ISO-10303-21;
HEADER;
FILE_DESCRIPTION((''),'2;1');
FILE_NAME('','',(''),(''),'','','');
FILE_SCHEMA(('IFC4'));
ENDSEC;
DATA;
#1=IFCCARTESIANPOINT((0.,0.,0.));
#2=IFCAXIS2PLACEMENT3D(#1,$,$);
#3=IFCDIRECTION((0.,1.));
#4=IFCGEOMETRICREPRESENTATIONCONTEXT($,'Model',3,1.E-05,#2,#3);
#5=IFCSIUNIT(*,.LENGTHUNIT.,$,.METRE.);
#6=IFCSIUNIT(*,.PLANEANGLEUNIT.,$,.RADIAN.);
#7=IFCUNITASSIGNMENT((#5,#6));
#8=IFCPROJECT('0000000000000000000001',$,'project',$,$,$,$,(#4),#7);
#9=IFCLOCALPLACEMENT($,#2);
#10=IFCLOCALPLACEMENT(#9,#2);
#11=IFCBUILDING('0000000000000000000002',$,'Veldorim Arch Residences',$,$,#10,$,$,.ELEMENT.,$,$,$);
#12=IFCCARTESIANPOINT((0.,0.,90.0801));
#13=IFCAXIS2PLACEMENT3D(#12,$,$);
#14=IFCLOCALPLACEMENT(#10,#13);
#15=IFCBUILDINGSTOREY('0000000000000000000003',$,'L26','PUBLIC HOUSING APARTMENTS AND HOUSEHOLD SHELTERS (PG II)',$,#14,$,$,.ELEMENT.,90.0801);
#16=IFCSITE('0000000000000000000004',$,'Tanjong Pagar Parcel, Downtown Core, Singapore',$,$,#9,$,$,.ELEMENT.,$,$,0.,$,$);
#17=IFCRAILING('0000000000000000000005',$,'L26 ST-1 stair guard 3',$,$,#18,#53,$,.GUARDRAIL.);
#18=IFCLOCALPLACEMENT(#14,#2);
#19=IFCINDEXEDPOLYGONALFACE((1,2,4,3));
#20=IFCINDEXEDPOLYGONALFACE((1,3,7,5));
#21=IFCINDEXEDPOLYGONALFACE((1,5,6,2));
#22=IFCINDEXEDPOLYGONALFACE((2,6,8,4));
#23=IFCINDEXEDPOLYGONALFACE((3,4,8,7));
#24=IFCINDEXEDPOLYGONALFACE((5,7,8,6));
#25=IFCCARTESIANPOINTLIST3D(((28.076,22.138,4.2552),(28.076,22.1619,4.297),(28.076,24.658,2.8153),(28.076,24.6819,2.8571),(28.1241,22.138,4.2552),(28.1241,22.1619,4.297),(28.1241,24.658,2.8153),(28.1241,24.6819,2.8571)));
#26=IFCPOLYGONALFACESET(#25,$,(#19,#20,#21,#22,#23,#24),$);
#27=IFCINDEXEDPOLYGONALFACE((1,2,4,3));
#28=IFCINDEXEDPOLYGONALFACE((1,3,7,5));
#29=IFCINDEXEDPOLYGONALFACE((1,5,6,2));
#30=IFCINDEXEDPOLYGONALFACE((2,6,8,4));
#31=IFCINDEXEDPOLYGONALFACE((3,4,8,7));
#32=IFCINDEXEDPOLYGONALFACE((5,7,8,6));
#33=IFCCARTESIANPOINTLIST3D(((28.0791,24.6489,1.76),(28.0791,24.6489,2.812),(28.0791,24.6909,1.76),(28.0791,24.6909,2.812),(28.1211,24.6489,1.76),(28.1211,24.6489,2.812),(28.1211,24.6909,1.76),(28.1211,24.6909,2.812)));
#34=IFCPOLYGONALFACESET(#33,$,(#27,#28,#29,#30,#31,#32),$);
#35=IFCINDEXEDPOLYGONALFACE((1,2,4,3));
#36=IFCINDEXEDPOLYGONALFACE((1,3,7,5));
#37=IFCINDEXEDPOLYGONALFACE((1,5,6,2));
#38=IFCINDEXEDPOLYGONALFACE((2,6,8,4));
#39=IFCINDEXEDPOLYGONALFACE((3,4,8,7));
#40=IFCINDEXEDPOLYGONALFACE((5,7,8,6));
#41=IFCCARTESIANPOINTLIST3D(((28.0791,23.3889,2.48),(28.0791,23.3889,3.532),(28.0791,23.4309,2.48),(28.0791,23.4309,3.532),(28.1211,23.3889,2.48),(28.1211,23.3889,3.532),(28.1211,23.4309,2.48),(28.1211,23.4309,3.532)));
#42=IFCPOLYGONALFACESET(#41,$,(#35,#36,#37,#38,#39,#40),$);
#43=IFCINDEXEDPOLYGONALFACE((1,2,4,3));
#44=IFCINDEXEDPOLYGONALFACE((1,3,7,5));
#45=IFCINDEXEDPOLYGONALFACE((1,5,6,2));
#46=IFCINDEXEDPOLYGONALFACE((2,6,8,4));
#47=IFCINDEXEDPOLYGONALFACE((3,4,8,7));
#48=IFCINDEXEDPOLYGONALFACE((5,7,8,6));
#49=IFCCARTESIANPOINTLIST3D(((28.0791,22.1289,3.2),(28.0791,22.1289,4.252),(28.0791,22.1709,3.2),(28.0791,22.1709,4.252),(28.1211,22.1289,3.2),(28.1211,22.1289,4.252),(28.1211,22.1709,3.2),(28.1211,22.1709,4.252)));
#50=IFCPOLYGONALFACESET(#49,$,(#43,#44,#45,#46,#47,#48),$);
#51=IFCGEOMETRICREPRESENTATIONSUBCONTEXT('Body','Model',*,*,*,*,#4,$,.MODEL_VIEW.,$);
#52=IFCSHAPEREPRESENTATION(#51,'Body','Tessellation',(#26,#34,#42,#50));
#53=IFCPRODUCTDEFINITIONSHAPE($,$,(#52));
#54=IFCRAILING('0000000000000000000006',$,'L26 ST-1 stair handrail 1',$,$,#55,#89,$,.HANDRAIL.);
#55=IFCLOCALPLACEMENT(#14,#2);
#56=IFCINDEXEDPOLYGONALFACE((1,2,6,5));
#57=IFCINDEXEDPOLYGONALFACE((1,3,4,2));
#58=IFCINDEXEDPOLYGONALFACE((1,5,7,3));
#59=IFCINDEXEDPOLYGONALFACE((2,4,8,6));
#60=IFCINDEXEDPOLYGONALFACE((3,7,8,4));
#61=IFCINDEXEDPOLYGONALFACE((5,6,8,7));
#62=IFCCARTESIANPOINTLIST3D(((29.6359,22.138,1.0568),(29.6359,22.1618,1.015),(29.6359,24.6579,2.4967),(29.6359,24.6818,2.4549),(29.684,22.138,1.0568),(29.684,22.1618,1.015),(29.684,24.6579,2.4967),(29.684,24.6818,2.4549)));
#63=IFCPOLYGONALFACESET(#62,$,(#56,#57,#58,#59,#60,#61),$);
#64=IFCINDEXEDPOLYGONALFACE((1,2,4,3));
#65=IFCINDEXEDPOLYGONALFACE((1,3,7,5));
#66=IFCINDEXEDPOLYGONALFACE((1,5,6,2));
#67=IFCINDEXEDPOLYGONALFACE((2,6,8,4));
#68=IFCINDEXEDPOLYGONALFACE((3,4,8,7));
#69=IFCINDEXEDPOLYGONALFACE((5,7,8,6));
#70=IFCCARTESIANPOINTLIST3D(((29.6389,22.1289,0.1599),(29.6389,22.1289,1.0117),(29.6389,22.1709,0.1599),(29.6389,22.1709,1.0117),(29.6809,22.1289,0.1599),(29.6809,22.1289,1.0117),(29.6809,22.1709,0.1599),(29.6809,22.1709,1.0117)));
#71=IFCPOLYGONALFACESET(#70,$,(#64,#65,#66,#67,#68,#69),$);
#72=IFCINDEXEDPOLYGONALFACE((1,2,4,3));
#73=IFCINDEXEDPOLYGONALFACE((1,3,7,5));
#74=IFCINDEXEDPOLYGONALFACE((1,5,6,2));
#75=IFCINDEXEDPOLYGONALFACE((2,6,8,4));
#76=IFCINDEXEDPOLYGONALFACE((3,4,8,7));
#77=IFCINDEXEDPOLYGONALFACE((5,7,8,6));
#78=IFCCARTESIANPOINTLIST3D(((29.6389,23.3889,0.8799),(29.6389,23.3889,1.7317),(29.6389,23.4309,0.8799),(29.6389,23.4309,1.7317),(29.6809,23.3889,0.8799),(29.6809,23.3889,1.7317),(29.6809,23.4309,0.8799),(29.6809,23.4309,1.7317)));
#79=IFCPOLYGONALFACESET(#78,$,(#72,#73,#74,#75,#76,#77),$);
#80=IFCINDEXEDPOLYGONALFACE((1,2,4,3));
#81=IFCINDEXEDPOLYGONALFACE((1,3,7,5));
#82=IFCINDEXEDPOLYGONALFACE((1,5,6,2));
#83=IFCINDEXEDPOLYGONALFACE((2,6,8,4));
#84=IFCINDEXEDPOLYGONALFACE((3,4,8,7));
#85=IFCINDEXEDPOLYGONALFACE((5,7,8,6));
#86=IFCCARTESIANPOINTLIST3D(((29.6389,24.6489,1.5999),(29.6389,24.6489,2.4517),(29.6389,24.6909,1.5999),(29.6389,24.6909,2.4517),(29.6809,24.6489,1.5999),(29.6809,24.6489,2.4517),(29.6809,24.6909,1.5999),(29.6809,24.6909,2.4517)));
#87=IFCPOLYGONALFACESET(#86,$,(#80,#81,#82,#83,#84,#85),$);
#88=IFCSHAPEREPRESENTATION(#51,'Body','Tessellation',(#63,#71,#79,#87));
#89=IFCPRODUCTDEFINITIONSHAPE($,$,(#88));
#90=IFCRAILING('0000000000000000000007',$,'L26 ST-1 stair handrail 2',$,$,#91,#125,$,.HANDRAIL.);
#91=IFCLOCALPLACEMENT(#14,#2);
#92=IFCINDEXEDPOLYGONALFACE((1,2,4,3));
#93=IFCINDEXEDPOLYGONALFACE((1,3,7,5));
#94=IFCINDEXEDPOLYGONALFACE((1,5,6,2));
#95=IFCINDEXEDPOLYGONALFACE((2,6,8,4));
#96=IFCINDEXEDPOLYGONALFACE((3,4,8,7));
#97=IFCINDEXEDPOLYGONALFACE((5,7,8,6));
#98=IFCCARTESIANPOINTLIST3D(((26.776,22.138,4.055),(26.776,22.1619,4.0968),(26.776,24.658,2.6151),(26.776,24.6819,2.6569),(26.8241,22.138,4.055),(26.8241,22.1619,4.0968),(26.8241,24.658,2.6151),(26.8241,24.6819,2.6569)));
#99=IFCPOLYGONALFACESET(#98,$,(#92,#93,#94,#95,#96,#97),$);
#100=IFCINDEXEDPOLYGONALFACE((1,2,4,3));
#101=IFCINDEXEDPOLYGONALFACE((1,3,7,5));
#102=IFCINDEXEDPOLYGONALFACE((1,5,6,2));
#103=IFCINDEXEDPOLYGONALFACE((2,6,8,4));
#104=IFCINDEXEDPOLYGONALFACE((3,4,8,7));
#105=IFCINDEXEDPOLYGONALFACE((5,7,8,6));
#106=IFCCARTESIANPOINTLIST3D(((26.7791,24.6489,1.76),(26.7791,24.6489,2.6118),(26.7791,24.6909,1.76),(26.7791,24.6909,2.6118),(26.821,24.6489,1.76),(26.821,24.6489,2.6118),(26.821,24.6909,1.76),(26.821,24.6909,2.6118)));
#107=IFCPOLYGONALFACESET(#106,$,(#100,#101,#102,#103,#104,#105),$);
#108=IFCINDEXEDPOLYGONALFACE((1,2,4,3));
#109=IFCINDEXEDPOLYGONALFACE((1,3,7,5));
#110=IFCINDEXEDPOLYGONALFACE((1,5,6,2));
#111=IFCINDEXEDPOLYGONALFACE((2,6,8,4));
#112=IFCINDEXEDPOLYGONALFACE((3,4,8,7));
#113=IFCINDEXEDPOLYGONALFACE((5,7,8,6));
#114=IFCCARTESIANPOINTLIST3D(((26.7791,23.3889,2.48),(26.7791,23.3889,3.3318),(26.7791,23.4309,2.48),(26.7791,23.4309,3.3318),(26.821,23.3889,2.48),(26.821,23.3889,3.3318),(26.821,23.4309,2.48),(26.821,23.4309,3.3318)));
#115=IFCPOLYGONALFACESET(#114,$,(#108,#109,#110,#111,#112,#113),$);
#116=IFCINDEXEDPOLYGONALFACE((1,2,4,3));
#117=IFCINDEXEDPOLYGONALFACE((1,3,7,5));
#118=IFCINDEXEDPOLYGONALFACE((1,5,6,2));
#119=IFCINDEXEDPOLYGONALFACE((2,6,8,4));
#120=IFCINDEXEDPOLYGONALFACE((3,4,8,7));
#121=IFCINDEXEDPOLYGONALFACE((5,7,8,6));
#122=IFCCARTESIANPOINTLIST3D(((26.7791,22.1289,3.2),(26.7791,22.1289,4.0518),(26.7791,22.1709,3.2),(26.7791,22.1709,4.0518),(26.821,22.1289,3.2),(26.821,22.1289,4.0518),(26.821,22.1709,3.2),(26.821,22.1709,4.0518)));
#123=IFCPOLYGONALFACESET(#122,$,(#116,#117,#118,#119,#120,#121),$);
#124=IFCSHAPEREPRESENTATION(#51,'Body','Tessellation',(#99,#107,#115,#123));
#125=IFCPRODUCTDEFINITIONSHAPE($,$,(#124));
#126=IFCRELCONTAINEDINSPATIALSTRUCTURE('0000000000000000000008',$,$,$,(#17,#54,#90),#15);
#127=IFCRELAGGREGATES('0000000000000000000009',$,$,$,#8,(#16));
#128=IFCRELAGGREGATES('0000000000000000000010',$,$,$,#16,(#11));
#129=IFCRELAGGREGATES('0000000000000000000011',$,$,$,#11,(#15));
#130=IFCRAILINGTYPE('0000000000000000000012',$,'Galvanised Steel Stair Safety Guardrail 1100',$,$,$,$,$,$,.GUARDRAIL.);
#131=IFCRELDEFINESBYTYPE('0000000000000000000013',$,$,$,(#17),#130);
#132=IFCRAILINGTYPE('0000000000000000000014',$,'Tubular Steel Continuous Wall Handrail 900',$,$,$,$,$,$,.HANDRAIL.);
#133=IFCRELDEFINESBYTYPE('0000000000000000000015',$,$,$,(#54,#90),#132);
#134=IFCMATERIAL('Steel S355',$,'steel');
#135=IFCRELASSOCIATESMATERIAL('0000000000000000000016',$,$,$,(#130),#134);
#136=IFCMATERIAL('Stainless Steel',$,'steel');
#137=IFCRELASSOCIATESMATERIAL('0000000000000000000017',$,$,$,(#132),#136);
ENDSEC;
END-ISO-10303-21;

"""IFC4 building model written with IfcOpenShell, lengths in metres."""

from ifc_helpers import new_model, si_unit, direction, frame, origin, origin_2d, place, context, subcontext, project, spatial, rectangle, extrude, material, type_object, element, save


model = new_model("IFC4")

# Units and contexts
model_context = context("Model", 3, precision=1e-05, world=origin(), true_north=direction((0.0, 1.0)))
body_context = subcontext(model_context, "Body", "Model", "MODEL_VIEW")
ifc_project = project(units=[si_unit("LENGTHUNIT", "METRE"), si_unit("PLANEANGLEUNIT", "RADIAN")], contexts=[model_context])

# Site, building, storey
site_placement = place(None, origin())
site = spatial("IfcSite", under=ifc_project, at=site_placement, Name="Tanjong Pagar Parcel, Downtown Core, Singapore", CompositionType="ELEMENT", RefElevation=0.0)
building_placement = place(site_placement, origin())
building = spatial("IfcBuilding", under=site, at=building_placement, Name="Veldorim Arch Residences", CompositionType="ELEMENT")
storey_placement = place(building_placement, frame((0.0, 0.0, 90.0801)))
storey = spatial("IfcBuildingStorey", under=building, at=storey_placement, Name="L26", Description="PUBLIC HOUSING APARTMENTS AND HOUSEHOLD SHELTERS (PG II)", CompositionType="ELEMENT", Elevation=90.0801)

# Railings
ifc_material_1 = material(Name="Steel S355", Category="steel")
railing_type_1 = type_object("IfcRailingType", Name="Galvanised Steel Stair Safety Guardrail 1100", PredefinedType="GUARDRAIL", material=ifc_material_1)
railing_1_placement = place(storey_placement, frame((28.1001, 24.6699, 1.76)))
element("IfcRailing", 1, at=railing_1_placement, inside=storey, type_object=railing_type_1, Name="L26 ST-1 stair guard 3", PredefinedType="GUARDRAIL", context=body_context, shape_type="SweptSolid", body=[
    extrude(rectangle(XDim=0.0481, YDim=0.0481, at=origin_2d()), frame((0.0, 0.0, 1.0762), z_axis=(0.0, -0.868253, 0.496121), x_axis=(1.0, 0.0, 0.0)), (0.0, 0.0, 1.0), 2.9023),
    extrude(rectangle(XDim=0.042, YDim=0.042, at=origin_2d()), origin(), (0.0, 0.0, 1.0), 1.052),
    extrude(rectangle(XDim=0.042, YDim=0.042, at=origin_2d()), frame((0.0, -1.26, 0.72)), (0.0, 0.0, 1.0), 1.052),
    extrude(rectangle(XDim=0.042, YDim=0.042, at=origin_2d()), frame((0.0, -2.52, 1.4399)), (0.0, 0.0, 1.0), 1.052),
])
ifc_material_2 = material(Name="Stainless Steel", Category="steel")
railing_type_2 = type_object("IfcRailingType", Name="Tubular Steel Continuous Wall Handrail 900", PredefinedType="HANDRAIL", material=ifc_material_2)
railing_2_placement = place(storey_placement, frame((29.6599, 22.1499, 0.1599)))
element("IfcRailing", 2, at=railing_2_placement, inside=storey, type_object=railing_type_2, Name="L26 ST-1 stair handrail 1", PredefinedType="HANDRAIL", context=body_context, shape_type="SweptSolid", body=[
    extrude(rectangle(XDim=0.0481, YDim=0.0481, at=origin_2d()), frame((0.0, 0.0, 0.876), z_axis=(0.0, 0.868253, 0.496121), x_axis=(-1.0, 0.0, 0.0)), (0.0, 0.0, 1.0), 2.9023),
    extrude(rectangle(XDim=0.042, YDim=0.042, at=origin_2d()), origin(), (0.0, 0.0, 1.0), 0.8518),
    extrude(rectangle(XDim=0.042, YDim=0.042, at=origin_2d()), frame((0.0, 1.26, 0.72)), (0.0, 0.0, 1.0), 0.8518),
    extrude(rectangle(XDim=0.042, YDim=0.042, at=origin_2d()), frame((0.0, 2.52, 1.4399)), (0.0, 0.0, 1.0), 0.8518),
])
railing_3_placement = place(storey_placement, frame((26.8, 24.6699, 1.76)))
element("IfcRailing", 3, at=railing_3_placement, inside=storey, type_object=railing_type_2, Name="L26 ST-1 stair handrail 2", PredefinedType="HANDRAIL", context=body_context, shape_type="SweptSolid", body=[
    extrude(rectangle(XDim=0.0481, YDim=0.0481, at=origin_2d()), frame((0.0, 0.0, 0.876), z_axis=(0.0, -0.868253, 0.496121), x_axis=(1.0, 0.0, 0.0)), (0.0, 0.0, 1.0), 2.9023),
    extrude(rectangle(XDim=0.042, YDim=0.042, at=origin_2d()), origin(), (0.0, 0.0, 1.0), 0.8518),
    extrude(rectangle(XDim=0.042, YDim=0.042, at=origin_2d()), frame((0.0, -1.26, 0.72)), (0.0, 0.0, 1.0), 0.8518),
    extrude(rectangle(XDim=0.042, YDim=0.042, at=origin_2d()), frame((0.0, -2.52, 1.4399)), (0.0, 0.0, 1.0), 0.8518),
])

save(model, "model.ifc")
